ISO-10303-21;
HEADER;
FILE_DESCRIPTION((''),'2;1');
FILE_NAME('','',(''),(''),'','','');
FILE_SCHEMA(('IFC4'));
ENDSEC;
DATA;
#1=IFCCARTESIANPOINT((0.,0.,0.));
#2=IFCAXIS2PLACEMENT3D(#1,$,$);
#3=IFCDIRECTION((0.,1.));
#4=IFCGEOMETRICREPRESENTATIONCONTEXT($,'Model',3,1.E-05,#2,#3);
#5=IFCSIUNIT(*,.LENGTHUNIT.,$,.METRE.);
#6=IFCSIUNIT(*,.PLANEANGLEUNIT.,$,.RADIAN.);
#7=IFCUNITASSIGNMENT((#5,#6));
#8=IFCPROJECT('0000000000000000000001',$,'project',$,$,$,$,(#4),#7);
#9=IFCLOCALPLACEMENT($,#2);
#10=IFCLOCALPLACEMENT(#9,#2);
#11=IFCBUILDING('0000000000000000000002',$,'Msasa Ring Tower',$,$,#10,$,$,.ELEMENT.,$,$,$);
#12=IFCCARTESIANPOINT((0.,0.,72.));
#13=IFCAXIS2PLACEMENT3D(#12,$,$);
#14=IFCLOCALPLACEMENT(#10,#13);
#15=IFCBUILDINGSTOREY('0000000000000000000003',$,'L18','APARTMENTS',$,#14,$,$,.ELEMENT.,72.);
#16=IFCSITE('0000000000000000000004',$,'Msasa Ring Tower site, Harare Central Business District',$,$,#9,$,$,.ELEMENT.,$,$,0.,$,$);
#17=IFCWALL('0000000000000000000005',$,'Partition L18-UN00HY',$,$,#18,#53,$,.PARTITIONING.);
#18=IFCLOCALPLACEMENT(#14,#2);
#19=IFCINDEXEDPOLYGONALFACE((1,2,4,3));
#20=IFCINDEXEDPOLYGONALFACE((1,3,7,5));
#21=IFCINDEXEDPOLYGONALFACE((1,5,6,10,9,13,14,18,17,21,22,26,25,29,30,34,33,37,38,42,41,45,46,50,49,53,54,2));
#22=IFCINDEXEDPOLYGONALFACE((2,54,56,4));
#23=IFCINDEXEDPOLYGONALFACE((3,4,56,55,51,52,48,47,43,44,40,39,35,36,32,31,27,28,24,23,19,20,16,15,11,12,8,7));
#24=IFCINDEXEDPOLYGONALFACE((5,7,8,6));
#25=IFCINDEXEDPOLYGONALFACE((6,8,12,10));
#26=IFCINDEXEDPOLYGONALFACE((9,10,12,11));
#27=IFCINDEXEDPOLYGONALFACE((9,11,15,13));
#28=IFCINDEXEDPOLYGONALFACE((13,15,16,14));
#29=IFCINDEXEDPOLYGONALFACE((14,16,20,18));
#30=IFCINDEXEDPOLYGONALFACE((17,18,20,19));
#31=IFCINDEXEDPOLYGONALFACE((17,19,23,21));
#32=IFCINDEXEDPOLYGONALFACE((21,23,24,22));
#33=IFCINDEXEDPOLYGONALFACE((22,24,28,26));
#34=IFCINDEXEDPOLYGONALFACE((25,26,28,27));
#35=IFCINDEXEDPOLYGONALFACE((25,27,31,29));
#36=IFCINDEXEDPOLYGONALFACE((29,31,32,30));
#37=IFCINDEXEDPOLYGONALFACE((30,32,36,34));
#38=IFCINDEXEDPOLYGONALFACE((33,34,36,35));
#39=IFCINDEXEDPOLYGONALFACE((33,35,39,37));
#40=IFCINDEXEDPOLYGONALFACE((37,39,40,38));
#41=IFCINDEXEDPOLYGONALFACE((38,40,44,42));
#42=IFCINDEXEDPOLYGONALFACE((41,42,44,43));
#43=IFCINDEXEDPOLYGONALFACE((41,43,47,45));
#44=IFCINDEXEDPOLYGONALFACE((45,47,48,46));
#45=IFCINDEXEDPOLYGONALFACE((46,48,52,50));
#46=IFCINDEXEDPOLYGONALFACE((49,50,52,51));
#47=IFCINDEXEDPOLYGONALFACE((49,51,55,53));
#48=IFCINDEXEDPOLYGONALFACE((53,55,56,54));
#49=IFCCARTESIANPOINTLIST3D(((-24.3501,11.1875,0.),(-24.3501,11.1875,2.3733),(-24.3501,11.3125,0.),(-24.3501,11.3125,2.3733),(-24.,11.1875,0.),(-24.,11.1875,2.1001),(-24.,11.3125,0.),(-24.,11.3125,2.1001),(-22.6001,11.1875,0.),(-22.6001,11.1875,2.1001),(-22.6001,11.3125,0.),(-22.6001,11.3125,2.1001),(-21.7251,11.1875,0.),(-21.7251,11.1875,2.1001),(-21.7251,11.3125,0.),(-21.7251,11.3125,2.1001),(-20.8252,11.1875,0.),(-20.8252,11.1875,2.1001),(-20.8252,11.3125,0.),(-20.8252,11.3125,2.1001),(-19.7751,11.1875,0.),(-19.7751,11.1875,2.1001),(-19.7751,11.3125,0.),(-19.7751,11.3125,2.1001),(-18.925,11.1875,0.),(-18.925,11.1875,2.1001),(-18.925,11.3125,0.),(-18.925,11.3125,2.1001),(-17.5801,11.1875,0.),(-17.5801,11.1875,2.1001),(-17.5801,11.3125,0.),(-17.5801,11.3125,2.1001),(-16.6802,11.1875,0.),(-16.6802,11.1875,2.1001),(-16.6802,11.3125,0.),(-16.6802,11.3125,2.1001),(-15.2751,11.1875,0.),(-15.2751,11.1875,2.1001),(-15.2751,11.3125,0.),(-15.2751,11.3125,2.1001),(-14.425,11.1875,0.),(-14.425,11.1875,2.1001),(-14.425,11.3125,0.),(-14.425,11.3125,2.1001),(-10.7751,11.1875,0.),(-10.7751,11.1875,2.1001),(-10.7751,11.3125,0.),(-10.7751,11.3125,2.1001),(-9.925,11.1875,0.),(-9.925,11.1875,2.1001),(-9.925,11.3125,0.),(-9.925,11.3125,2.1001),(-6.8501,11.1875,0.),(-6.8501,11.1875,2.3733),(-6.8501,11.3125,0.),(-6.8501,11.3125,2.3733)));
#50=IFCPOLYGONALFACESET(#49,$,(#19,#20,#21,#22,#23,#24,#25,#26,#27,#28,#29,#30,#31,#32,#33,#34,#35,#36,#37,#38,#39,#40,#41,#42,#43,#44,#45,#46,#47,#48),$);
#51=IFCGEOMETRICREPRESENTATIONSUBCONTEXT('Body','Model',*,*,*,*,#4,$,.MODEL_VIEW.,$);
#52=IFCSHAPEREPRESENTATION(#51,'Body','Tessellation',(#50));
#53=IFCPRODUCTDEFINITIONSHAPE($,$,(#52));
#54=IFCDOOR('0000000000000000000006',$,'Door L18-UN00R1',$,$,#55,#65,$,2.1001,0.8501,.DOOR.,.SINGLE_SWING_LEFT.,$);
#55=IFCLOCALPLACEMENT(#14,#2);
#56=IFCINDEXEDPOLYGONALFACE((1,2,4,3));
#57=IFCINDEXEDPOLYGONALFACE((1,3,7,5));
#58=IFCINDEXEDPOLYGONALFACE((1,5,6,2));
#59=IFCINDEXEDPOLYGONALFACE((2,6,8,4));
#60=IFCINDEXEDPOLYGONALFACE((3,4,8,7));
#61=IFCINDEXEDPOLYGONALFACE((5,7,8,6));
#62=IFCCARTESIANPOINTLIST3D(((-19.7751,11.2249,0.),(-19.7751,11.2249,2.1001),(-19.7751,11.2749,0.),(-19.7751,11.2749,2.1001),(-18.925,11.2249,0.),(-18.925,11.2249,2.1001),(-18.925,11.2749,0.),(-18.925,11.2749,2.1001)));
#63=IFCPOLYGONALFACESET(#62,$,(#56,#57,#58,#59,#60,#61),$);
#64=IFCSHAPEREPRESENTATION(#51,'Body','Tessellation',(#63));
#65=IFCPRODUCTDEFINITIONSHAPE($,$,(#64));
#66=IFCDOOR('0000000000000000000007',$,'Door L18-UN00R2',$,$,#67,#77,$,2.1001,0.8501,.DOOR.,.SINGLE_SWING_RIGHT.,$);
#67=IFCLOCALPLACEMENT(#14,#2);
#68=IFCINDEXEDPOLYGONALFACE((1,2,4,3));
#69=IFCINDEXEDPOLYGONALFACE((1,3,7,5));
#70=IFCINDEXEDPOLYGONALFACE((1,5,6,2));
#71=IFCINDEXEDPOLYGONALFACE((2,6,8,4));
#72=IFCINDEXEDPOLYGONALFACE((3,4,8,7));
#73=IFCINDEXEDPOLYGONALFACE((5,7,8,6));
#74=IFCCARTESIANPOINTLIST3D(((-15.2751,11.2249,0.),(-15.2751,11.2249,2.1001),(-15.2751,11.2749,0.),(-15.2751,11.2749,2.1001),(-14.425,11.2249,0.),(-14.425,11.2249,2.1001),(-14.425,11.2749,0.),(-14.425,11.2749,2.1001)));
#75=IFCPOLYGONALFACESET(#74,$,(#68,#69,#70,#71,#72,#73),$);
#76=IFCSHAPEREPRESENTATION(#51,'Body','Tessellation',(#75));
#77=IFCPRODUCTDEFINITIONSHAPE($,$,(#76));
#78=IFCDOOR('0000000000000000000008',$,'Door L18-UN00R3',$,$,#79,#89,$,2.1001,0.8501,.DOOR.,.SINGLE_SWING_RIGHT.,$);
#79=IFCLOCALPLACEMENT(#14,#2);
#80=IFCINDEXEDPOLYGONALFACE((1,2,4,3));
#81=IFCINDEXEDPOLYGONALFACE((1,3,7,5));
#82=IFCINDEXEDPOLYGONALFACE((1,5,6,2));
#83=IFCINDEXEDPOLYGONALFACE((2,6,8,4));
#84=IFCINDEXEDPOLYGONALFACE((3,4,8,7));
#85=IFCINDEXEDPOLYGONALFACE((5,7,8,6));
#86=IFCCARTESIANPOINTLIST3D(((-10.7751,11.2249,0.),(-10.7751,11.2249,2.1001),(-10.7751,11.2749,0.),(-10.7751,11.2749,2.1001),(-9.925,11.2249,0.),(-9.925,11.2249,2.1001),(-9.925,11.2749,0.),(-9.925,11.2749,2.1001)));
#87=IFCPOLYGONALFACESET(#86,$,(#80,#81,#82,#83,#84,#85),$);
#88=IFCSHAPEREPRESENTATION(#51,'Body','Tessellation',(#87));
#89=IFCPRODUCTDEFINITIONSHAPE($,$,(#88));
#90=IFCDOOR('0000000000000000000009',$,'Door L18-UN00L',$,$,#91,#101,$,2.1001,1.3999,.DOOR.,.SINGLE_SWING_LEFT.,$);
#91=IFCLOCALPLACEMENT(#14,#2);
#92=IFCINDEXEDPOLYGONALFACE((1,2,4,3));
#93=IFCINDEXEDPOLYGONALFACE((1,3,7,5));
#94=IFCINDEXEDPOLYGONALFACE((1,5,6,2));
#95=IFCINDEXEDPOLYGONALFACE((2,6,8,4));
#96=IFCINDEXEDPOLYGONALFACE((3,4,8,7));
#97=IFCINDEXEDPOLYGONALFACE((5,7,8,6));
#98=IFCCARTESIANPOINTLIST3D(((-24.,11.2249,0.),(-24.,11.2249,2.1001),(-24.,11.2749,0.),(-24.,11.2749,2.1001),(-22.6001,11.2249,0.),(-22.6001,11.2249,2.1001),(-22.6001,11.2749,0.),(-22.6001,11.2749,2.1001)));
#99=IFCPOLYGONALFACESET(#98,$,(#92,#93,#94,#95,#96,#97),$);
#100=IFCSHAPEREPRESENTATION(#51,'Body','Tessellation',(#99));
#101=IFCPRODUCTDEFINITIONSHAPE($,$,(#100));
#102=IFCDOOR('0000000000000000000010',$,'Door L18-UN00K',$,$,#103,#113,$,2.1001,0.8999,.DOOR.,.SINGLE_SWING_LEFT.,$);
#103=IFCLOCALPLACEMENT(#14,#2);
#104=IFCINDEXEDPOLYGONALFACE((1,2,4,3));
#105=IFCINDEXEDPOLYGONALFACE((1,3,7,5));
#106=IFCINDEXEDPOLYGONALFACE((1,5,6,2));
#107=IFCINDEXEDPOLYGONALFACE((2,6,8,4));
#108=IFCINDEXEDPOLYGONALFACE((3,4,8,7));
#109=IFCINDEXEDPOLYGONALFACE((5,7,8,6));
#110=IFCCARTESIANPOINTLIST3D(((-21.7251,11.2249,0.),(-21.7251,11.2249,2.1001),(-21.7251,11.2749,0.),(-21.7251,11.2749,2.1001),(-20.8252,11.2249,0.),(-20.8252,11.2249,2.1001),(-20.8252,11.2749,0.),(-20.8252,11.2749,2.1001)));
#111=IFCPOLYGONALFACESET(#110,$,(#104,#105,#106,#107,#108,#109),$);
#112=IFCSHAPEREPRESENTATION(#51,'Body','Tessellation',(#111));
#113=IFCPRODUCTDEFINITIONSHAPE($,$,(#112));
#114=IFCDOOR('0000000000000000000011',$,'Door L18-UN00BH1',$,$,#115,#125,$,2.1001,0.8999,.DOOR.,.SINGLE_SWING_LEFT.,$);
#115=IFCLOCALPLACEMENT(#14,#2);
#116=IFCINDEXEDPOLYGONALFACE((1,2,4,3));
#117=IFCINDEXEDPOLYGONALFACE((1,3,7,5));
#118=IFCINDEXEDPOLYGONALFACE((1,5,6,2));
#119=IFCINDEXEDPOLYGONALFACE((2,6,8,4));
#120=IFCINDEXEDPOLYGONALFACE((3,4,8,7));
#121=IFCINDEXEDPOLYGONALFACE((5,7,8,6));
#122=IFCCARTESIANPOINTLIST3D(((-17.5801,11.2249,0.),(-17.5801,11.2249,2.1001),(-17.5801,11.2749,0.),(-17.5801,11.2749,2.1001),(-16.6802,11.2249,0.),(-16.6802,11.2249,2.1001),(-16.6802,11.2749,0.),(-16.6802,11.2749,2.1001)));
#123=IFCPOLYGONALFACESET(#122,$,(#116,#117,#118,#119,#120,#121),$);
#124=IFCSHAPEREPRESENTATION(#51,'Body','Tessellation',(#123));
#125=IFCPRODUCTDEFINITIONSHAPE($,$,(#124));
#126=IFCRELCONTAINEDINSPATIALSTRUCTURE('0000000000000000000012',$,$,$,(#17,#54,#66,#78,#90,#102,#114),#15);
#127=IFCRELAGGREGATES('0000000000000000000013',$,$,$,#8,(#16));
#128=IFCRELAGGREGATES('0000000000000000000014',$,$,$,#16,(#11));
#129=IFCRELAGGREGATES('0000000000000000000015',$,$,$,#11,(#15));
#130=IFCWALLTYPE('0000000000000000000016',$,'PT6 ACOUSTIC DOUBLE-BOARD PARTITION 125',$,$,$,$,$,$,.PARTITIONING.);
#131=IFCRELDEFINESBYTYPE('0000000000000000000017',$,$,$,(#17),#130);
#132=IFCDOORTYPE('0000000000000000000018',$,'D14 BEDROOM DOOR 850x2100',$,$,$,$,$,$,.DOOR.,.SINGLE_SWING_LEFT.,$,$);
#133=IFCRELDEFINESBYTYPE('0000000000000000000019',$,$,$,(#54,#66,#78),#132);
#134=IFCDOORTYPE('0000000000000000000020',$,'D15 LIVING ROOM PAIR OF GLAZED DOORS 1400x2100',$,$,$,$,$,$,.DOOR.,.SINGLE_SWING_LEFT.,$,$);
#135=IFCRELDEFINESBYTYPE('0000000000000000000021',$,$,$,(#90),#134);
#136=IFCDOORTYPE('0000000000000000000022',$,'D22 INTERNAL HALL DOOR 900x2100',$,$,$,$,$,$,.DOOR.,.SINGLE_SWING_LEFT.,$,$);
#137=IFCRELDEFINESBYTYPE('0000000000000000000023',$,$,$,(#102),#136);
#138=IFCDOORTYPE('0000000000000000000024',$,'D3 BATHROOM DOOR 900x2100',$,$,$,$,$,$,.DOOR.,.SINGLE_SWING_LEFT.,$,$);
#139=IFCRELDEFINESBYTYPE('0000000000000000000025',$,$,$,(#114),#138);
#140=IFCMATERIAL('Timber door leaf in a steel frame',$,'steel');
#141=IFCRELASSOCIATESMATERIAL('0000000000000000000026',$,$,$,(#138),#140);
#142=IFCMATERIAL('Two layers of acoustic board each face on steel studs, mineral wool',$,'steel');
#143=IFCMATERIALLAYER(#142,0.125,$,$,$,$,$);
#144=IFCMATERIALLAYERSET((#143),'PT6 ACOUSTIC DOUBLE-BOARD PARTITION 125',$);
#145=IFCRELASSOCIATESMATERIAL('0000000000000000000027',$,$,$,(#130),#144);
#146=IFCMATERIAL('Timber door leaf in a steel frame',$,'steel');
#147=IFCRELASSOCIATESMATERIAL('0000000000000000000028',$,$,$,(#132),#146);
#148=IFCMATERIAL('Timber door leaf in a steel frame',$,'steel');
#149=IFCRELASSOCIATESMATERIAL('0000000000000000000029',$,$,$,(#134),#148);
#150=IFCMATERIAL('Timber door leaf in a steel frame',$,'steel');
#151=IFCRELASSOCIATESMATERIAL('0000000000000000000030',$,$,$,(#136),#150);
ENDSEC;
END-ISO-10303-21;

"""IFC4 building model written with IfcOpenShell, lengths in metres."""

from ifc_helpers import new_model, si_unit, direction, frame, frame_2d, origin, place, context, subcontext, project, spatial, rectangle, extrude, material, layer, layer_set, type_object, element, fill, save


model = new_model("IFC4")

# Units and contexts
model_context = context("Model", 3, precision=1e-05, world=origin(), true_north=direction((0.0, 1.0)))
body_context = subcontext(model_context, "Body", "Model", "MODEL_VIEW")
ifc_project = project(units=[si_unit("LENGTHUNIT", "METRE"), si_unit("PLANEANGLEUNIT", "RADIAN")], contexts=[model_context])

# Site, building, storey
site_placement = place(None, origin())
site = spatial("IfcSite", under=ifc_project, at=site_placement, Name="Msasa Ring Tower site, Harare Central Business District", CompositionType="ELEMENT", RefElevation=0.0)
building_placement = place(site_placement, origin())
building = spatial("IfcBuilding", under=site, at=building_placement, Name="Msasa Ring Tower", CompositionType="ELEMENT")
storey_placement = place(building_placement, frame((0.0, 0.0, 72.0)))
storey = spatial("IfcBuildingStorey", under=building, at=storey_placement, Name="L18", Description="APARTMENTS", CompositionType="ELEMENT", Elevation=72.0)

# Shared definitions
ifc_material_1 = material(Name="Timber door leaf in a steel frame", Category="steel")
door_type_1 = type_object("IfcDoorType", Name="D3 BATHROOM DOOR 900x2100", OperationType="SINGLE_SWING_LEFT", PredefinedType="DOOR", material=ifc_material_1)

# Wall, openings, doors
ifc_material_2 = material(Name="Two layers of acoustic board each face on steel studs, mineral wool", Category="steel")
ifc_layer_1 = layer(ifc_material_2, 0.125)
ifc_layer_set_1 = layer_set([ifc_layer_1], Name="PT6 ACOUSTIC DOUBLE-BOARD PARTITION 125")
wall_type_1 = type_object("IfcWallType", Name="PT6 ACOUSTIC DOUBLE-BOARD PARTITION 125", PredefinedType="PARTITIONING", material=ifc_layer_set_1)
wall_1_placement = place(storey_placement, frame((-24.3501, 11.25, 0.0), z_axis=(0.0, 0.0, 1.0), x_axis=(1.0, 0.0, 0.0)))
wall_1 = element("IfcWall", 1, at=wall_1_placement, inside=storey, type_object=wall_type_1, Name="Partition L18-UN00HY", PredefinedType="PARTITIONING", context=body_context, shape_type="SweptSolid", body=[
    extrude(rectangle(XDim=17.5, YDim=0.125, at=frame_2d((8.75, 0.0))), origin(), (0.0, 0.0, 1.0), 2.3733),
])
opening_1_placement = place(wall_1_placement, frame((2.625, 0.0, 0.0)))
opening_1 = element("IfcOpeningElement", 2, at=opening_1_placement, cuts=wall_1, PredefinedType="OPENING", context=body_context, shape_type="SweptSolid", body=[
    extrude(rectangle(XDim=0.8999, YDim=2.1001, at=frame_2d((0.45, 1.05))), frame((0.0, 0.0725, 0.0), z_axis=(0.0, -1.0, 0.0), x_axis=(1.0, 0.0, 0.0)), (0.0, 0.0, 1.0), 0.145),
])
opening_2_placement = place(wall_1_placement, frame((0.3501, 0.0, 0.0)))
opening_2 = element("IfcOpeningElement", 3, at=opening_2_placement, cuts=wall_1, PredefinedType="OPENING", context=body_context, shape_type="SweptSolid", body=[
    extrude(rectangle(XDim=1.3999, YDim=2.1001, at=frame_2d((0.7, 1.05))), frame((0.0, 0.0725, 0.0), z_axis=(0.0, -1.0, 0.0), x_axis=(1.0, 0.0, 0.0)), (0.0, 0.0, 1.0), 0.145),
])
opening_3_placement = place(wall_1_placement, frame((4.575, 0.0, 0.0)))
opening_3 = element("IfcOpeningElement", 4, at=opening_3_placement, cuts=wall_1, PredefinedType="OPENING", context=body_context, shape_type="SweptSolid", body=[
    extrude(rectangle(XDim=0.8501, YDim=2.1001, at=frame_2d((0.425, 1.05))), frame((0.0, 0.0725, 0.0), z_axis=(0.0, -1.0, 0.0), x_axis=(1.0, 0.0, 0.0)), (0.0, 0.0, 1.0), 0.145),
])
opening_4_placement = place(wall_1_placement, frame((6.77, 0.0, 0.0)))
opening_4 = element("IfcOpeningElement", 5, at=opening_4_placement, cuts=wall_1, PredefinedType="OPENING", context=body_context, shape_type="SweptSolid", body=[
    extrude(rectangle(XDim=0.8999, YDim=2.1001, at=frame_2d((0.45, 1.05))), frame((0.0, 0.0725, 0.0), z_axis=(0.0, -1.0, 0.0), x_axis=(1.0, 0.0, 0.0)), (0.0, 0.0, 1.0), 0.145),
])
opening_5_placement = place(wall_1_placement, frame((9.075, 0.0, 0.0)))
opening_5 = element("IfcOpeningElement", 6, at=opening_5_placement, cuts=wall_1, PredefinedType="OPENING", context=body_context, shape_type="SweptSolid", body=[
    extrude(rectangle(XDim=0.8501, YDim=2.1001, at=frame_2d((0.425, 1.05))), frame((0.0, 0.0725, 0.0), z_axis=(0.0, -1.0, 0.0), x_axis=(1.0, 0.0, 0.0)), (0.0, 0.0, 1.0), 0.145),
])
opening_6_placement = place(wall_1_placement, frame((13.575, 0.0, 0.0)))
opening_6 = element("IfcOpeningElement", 7, at=opening_6_placement, cuts=wall_1, PredefinedType="OPENING", context=body_context, shape_type="SweptSolid", body=[
    extrude(rectangle(XDim=0.8501, YDim=2.1001, at=frame_2d((0.425, 1.05))), frame((0.0, 0.0725, 0.0), z_axis=(0.0, -1.0, 0.0), x_axis=(1.0, 0.0, 0.0)), (0.0, 0.0, 1.0), 0.145),
])
ifc_material_3 = material(Name="Timber door leaf in a steel frame", Category="steel")
door_type_2 = type_object("IfcDoorType", Name="D14 BEDROOM DOOR 850x2100", OperationType="SINGLE_SWING_LEFT", PredefinedType="DOOR", material=ifc_material_3)
door_1_placement = place(opening_3_placement, origin())
door_1 = element("IfcDoor", 8, at=door_1_placement, inside=storey, type_object=door_type_2, Name="Door L18-UN00R1", OperationType="SINGLE_SWING_LEFT", OverallHeight=2.1001, OverallWidth=0.8501, PredefinedType="DOOR", context=body_context, shape_type="SweptSolid", body=[
    extrude(rectangle(XDim=0.8501, YDim=2.1001, at=frame_2d((0.425, 1.05))), frame((0.0, 0.0249, 0.0), z_axis=(0.0, -1.0, 0.0), x_axis=(1.0, 0.0, 0.0)), (0.0, 0.0, 1.0), 0.05),
])
fill(opening_3, door_1)
door_2_placement = place(opening_5_placement, origin())
door_2 = element("IfcDoor", 9, at=door_2_placement, inside=storey, type_object=door_type_2, Name="Door L18-UN00R2", OperationType="SINGLE_SWING_RIGHT", OverallHeight=2.1001, OverallWidth=0.8501, PredefinedType="DOOR", context=body_context, shape_type="SweptSolid", body=[
    extrude(rectangle(XDim=0.8501, YDim=2.1001, at=frame_2d((0.425, 1.05))), frame((0.0, 0.0249, 0.0), z_axis=(0.0, -1.0, 0.0), x_axis=(1.0, 0.0, 0.0)), (0.0, 0.0, 1.0), 0.05),
])
fill(opening_5, door_2)
door_3_placement = place(opening_6_placement, origin())
door_3 = element("IfcDoor", 10, at=door_3_placement, inside=storey, type_object=door_type_2, Name="Door L18-UN00R3", OperationType="SINGLE_SWING_RIGHT", OverallHeight=2.1001, OverallWidth=0.8501, PredefinedType="DOOR", context=body_context, shape_type="SweptSolid", body=[
    extrude(rectangle(XDim=0.8501, YDim=2.1001, at=frame_2d((0.425, 1.05))), frame((0.0, 0.0249, 0.0), z_axis=(0.0, -1.0, 0.0), x_axis=(1.0, 0.0, 0.0)), (0.0, 0.0, 1.0), 0.05),
])
fill(opening_6, door_3)
ifc_material_4 = material(Name="Timber door leaf in a steel frame", Category="steel")
door_type_3 = type_object("IfcDoorType", Name="D15 LIVING ROOM PAIR OF GLAZED DOORS 1400x2100", OperationType="SINGLE_SWING_LEFT", PredefinedType="DOOR", material=ifc_material_4)
door_4_placement = place(opening_2_placement, origin())
door_4 = element("IfcDoor", 11, at=door_4_placement, inside=storey, type_object=door_type_3, Name="Door L18-UN00L", OperationType="SINGLE_SWING_LEFT", OverallHeight=2.1001, OverallWidth=1.3999, PredefinedType="DOOR", context=body_context, shape_type="SweptSolid", body=[
    extrude(rectangle(XDim=1.3999, YDim=2.1001, at=frame_2d((0.7, 1.05))), frame((0.0, 0.0249, 0.0), z_axis=(0.0, -1.0, 0.0), x_axis=(1.0, 0.0, 0.0)), (0.0, 0.0, 1.0), 0.05),
])
fill(opening_2, door_4)
ifc_material_5 = material(Name="Timber door leaf in a steel frame", Category="steel")
door_type_4 = type_object("IfcDoorType", Name="D22 INTERNAL HALL DOOR 900x2100", OperationType="SINGLE_SWING_LEFT", PredefinedType="DOOR", material=ifc_material_5)
door_5_placement = place(opening_1_placement, origin())
door_5 = element("IfcDoor", 12, at=door_5_placement, inside=storey, type_object=door_type_4, Name="Door L18-UN00K", OperationType="SINGLE_SWING_LEFT", OverallHeight=2.1001, OverallWidth=0.8999, PredefinedType="DOOR", context=body_context, shape_type="SweptSolid", body=[
    extrude(rectangle(XDim=0.8999, YDim=2.1001, at=frame_2d((0.45, 1.05))), frame((0.0, 0.0249, 0.0), z_axis=(0.0, -1.0, 0.0), x_axis=(1.0, 0.0, 0.0)), (0.0, 0.0, 1.0), 0.05),
])
fill(opening_1, door_5)
door_6_placement = place(opening_4_placement, origin())
door_6 = element("IfcDoor", 13, at=door_6_placement, inside=storey, type_object=door_type_1, Name="Door L18-UN00BH1", OperationType="SINGLE_SWING_LEFT", OverallHeight=2.1001, OverallWidth=0.8999, PredefinedType="DOOR", context=body_context, shape_type="SweptSolid", body=[
    extrude(rectangle(XDim=0.8999, YDim=2.1001, at=frame_2d((0.45, 1.05))), frame((0.0, 0.0249, 0.0), z_axis=(0.0, -1.0, 0.0), x_axis=(1.0, 0.0, 0.0)), (0.0, 0.0, 1.0), 0.05),
])
fill(opening_4, door_6)

save(model, "model.ifc")
